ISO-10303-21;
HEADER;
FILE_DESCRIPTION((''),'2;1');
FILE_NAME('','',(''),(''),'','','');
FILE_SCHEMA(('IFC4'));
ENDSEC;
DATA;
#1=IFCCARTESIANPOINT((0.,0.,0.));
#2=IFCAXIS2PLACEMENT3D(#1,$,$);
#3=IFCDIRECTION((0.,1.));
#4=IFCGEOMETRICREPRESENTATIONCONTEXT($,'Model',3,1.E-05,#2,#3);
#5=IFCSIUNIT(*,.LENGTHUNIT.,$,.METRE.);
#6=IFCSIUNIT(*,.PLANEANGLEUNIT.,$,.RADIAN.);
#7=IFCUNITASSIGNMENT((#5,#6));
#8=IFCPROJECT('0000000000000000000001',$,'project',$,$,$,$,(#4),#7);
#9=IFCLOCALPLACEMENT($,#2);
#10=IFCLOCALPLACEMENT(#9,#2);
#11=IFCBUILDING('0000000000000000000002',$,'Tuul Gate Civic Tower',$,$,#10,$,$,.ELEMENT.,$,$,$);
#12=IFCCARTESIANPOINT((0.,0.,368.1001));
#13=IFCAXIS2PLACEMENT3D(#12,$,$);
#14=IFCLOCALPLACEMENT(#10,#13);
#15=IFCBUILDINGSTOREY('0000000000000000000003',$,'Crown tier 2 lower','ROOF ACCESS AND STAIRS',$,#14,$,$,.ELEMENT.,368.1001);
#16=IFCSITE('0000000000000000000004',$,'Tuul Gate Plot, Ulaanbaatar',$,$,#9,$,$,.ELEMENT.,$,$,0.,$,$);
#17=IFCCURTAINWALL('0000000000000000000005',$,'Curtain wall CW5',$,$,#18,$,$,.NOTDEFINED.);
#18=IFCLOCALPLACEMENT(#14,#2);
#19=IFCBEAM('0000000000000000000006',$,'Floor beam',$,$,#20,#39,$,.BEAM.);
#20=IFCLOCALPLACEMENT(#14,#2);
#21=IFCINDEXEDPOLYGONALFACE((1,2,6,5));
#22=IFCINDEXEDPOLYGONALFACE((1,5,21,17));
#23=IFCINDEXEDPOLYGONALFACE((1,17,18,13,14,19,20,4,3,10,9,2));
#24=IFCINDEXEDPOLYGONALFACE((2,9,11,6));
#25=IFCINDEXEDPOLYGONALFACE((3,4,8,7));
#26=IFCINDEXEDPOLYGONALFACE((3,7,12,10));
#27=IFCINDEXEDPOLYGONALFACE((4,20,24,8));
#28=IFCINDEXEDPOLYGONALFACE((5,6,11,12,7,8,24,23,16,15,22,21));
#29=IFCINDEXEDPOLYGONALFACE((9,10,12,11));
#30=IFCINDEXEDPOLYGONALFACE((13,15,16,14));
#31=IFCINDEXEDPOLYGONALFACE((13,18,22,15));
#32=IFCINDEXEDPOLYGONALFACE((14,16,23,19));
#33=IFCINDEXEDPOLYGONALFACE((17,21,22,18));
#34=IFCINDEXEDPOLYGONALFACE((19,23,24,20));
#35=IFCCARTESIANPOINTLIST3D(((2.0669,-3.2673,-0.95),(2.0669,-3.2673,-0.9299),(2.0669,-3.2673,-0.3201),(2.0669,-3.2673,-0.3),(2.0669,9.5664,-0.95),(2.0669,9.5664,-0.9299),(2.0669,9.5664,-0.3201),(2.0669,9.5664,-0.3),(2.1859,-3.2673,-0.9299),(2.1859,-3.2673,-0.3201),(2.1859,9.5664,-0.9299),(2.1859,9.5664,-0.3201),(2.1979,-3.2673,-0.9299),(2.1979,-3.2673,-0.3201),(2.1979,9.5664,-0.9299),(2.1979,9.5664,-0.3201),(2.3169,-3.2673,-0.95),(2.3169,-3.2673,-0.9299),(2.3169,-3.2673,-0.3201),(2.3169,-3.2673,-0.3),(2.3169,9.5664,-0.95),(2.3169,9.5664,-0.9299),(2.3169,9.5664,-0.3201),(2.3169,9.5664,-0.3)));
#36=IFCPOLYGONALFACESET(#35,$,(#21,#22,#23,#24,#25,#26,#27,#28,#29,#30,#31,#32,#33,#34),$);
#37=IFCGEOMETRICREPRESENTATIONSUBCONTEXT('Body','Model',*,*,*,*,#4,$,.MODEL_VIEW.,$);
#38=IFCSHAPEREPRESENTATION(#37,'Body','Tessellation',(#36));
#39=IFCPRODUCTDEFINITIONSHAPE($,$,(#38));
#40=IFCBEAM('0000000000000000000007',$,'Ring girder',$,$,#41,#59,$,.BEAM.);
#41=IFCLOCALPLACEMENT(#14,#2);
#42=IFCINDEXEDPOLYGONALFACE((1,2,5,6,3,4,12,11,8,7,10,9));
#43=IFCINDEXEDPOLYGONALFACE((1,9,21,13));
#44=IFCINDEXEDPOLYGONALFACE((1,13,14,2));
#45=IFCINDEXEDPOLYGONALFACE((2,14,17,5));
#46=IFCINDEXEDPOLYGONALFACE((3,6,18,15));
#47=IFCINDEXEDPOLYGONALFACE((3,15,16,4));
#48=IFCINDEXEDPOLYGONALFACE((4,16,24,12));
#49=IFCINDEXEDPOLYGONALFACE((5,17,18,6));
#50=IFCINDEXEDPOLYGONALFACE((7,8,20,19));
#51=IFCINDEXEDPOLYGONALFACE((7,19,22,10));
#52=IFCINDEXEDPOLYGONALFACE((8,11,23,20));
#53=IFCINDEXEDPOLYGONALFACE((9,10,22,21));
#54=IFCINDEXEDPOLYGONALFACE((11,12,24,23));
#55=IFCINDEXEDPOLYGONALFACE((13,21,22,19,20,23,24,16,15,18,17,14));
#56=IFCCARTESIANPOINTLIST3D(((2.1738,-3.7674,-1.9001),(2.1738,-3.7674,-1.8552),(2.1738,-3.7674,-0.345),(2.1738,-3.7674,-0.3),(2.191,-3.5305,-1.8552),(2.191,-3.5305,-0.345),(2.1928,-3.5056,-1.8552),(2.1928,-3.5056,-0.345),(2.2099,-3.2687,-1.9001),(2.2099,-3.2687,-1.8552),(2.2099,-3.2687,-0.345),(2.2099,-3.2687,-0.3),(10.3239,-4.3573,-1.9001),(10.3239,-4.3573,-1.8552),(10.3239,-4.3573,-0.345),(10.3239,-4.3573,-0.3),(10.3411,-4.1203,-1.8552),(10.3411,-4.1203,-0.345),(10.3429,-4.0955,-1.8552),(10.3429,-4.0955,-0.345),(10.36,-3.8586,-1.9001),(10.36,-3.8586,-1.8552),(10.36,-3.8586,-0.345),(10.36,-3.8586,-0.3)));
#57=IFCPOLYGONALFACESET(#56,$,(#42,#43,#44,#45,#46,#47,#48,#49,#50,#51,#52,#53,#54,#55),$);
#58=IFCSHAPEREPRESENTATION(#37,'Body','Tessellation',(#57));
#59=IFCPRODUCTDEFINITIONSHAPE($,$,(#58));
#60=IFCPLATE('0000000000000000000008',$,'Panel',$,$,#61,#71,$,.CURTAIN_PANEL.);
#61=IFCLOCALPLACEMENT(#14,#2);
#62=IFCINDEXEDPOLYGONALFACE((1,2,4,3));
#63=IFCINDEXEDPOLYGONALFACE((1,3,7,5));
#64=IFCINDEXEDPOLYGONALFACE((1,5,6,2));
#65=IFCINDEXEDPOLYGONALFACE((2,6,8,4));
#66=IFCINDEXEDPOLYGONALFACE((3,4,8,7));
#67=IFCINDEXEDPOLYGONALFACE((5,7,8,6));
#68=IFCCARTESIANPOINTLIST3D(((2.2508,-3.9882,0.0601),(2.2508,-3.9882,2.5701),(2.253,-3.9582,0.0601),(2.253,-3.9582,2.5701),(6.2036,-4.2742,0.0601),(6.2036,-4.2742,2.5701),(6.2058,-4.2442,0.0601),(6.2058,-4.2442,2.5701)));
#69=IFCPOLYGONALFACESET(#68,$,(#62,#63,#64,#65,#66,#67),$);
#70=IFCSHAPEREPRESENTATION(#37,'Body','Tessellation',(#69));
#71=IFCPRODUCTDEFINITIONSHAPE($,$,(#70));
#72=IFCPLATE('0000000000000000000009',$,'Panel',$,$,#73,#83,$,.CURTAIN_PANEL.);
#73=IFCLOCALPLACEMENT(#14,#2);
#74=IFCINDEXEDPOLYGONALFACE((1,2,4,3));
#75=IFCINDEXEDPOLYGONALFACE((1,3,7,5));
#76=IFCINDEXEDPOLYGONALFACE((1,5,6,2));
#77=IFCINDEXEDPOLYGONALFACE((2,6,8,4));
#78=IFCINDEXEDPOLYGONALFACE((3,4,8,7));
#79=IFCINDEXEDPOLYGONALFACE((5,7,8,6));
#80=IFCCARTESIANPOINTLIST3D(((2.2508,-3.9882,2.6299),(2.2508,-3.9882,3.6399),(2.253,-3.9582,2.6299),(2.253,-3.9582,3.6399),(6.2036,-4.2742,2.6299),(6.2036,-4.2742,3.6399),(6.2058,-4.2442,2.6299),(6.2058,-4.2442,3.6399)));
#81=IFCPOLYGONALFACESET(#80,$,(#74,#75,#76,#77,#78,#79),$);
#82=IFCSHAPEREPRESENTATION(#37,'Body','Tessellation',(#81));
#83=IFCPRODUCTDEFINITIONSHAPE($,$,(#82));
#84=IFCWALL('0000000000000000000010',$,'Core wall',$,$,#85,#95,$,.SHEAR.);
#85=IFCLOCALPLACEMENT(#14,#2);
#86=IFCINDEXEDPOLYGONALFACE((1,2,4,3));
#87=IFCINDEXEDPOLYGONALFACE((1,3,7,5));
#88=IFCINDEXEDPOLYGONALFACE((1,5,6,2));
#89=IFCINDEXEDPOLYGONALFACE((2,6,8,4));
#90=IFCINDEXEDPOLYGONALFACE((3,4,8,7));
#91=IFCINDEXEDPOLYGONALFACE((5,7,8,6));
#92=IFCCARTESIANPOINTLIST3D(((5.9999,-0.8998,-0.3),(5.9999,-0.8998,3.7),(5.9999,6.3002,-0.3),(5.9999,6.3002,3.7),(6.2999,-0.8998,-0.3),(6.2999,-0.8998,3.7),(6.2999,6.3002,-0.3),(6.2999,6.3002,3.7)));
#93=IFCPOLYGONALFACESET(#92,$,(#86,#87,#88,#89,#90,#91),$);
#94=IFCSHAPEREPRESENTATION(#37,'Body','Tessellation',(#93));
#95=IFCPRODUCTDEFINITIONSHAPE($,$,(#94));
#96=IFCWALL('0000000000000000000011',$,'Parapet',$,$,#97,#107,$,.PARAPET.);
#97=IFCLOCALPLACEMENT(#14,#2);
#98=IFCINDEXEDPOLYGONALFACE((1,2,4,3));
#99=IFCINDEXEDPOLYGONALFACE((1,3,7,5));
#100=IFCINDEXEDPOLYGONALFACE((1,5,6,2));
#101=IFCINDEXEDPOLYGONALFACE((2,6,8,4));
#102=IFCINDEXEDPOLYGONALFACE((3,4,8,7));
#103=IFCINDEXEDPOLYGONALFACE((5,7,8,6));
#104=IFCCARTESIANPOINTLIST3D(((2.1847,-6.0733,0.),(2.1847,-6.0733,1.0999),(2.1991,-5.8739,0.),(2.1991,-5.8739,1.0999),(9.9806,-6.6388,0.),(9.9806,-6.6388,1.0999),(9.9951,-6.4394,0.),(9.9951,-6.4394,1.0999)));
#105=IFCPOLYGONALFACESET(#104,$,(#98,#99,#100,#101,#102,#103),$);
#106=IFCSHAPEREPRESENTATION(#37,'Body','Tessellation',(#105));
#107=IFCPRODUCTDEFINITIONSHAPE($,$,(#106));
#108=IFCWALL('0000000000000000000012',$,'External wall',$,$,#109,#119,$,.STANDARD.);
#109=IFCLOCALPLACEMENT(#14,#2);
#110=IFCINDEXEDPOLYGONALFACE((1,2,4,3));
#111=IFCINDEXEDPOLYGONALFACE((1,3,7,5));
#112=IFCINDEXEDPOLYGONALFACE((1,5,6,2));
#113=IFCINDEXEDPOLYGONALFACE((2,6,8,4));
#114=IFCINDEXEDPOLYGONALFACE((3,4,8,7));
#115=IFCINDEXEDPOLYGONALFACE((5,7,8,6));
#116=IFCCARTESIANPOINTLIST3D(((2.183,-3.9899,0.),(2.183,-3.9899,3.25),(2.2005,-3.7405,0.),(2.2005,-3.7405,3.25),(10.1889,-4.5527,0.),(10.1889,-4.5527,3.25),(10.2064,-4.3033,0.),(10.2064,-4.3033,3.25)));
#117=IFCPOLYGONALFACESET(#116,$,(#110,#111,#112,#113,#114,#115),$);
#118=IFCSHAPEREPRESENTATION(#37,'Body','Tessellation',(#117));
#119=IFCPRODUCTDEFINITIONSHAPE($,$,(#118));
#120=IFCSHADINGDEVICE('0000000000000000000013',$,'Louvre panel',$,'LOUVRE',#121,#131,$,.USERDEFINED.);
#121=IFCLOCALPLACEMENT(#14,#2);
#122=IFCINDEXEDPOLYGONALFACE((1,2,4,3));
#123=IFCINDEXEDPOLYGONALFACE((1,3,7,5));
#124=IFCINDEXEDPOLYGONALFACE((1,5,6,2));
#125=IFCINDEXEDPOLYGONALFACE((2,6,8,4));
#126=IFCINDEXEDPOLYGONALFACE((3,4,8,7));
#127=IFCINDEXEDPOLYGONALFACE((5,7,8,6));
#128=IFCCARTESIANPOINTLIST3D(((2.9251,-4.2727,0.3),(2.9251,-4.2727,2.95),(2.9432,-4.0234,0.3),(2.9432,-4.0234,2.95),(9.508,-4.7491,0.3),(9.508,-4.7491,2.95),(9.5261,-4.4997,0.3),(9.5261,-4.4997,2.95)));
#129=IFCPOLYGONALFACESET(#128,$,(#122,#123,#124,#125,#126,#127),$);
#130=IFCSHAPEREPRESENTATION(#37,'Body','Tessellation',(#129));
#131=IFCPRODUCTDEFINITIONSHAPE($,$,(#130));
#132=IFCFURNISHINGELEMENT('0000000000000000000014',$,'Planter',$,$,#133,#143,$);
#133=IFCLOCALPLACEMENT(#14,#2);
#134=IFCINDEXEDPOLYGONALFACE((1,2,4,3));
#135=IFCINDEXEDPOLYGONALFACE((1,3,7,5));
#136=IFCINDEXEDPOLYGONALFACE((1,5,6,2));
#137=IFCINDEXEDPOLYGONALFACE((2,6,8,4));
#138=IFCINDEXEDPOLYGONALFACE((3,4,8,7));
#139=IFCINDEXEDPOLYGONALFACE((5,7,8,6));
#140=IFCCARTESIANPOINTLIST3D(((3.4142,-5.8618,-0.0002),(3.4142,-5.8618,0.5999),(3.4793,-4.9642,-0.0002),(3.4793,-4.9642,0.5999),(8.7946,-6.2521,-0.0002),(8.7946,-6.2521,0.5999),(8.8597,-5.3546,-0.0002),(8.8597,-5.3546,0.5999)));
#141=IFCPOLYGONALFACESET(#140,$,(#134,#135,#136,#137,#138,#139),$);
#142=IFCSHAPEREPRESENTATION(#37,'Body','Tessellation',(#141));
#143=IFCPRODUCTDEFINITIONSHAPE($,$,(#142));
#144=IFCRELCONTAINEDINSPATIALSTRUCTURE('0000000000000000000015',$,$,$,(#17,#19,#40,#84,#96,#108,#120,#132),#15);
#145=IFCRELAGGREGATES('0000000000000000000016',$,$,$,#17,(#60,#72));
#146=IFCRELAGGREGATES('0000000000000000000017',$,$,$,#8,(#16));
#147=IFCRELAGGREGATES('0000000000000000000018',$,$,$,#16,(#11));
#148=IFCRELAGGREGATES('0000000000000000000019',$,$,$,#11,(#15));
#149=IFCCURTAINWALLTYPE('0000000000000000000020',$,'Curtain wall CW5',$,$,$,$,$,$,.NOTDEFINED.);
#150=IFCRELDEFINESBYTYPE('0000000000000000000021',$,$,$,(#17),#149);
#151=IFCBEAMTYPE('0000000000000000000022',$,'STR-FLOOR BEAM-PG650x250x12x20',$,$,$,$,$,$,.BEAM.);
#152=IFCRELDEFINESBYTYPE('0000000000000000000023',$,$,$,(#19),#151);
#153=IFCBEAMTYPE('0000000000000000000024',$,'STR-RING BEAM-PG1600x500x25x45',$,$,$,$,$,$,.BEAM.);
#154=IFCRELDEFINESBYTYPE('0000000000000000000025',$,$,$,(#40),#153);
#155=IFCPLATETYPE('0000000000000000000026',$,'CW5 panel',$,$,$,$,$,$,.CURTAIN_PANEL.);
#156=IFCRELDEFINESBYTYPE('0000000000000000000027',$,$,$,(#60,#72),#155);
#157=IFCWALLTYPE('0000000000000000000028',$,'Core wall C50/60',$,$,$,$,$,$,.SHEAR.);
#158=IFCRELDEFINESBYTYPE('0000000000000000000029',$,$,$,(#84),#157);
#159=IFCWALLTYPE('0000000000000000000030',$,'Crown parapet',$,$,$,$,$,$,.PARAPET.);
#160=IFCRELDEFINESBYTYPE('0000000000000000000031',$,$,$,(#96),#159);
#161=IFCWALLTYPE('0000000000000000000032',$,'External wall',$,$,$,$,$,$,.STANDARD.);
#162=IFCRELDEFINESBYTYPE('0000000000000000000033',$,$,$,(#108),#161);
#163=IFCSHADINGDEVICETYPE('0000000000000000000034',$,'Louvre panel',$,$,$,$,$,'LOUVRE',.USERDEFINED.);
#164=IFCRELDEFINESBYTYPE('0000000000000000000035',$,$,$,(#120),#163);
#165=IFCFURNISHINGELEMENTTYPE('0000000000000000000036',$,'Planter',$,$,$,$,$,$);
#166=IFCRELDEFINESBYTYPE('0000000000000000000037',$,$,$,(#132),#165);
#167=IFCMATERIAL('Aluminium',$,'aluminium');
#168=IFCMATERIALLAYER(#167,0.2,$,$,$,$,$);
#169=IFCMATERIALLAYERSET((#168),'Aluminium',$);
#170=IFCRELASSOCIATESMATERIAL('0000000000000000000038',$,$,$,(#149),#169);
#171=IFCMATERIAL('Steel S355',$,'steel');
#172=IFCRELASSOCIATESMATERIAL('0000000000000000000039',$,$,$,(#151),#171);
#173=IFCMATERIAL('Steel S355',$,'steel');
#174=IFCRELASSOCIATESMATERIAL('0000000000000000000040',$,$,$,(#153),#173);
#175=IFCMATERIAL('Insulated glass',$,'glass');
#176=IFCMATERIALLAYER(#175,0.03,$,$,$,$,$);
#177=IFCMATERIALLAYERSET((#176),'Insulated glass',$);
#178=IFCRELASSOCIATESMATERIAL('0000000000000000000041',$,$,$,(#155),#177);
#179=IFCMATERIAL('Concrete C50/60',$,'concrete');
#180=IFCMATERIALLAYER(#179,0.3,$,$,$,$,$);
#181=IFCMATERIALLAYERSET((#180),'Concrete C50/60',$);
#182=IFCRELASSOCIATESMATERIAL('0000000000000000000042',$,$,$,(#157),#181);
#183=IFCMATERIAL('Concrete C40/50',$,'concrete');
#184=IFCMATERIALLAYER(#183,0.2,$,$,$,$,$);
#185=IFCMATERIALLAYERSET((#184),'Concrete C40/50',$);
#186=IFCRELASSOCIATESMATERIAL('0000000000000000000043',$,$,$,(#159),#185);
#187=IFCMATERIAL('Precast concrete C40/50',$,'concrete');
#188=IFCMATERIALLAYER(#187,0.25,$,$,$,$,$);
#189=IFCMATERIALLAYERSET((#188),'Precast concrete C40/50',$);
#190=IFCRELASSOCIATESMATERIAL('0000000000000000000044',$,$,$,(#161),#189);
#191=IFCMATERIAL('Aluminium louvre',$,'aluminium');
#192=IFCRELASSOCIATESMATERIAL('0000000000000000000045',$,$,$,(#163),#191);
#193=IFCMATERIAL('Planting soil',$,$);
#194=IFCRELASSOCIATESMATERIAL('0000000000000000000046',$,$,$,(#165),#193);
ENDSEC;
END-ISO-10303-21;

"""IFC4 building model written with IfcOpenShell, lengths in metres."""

from ifc_helpers import new_model, si_unit, direction, frame, frame_2d, origin, origin_2d, place, context, subcontext, project, spatial, rectangle, i_section, extrude, material, layer, layer_set, material_profile, profile_set, type_object, element, aggregate, save


model = new_model("IFC4")

# Units and contexts
model_context = context("Model", 3, precision=1e-05, world=origin(), true_north=direction((0.0, 1.0)))
body_context = subcontext(model_context, "Body", "Model", "MODEL_VIEW")
ifc_project = project(units=[si_unit("LENGTHUNIT", "METRE"), si_unit("PLANEANGLEUNIT", "RADIAN")], contexts=[model_context])

# Site, building, storey
site_placement = place(None, origin())
site = spatial("IfcSite", under=ifc_project, at=site_placement, Name="Tuul Gate Plot, Ulaanbaatar", CompositionType="ELEMENT", RefElevation=0.0)
building_placement = place(site_placement, origin())
building = spatial("IfcBuilding", under=site, at=building_placement, Name="Tuul Gate Civic Tower", CompositionType="ELEMENT")
storey_placement = place(building_placement, frame((0.0, 0.0, 368.1001)))
storey = spatial("IfcBuildingStorey", under=building, at=storey_placement, Name="Crown tier 2 lower", Description="ROOF ACCESS AND STAIRS", CompositionType="ELEMENT", Elevation=368.1001)

# Shared definitions
ifc_material_1 = material(Name="Aluminium", Category="aluminium")
ifc_layer_1 = layer(ifc_material_1, 0.2)
ifc_layer_set_1 = layer_set([ifc_layer_1], Name="Aluminium")
curtain_wall_type = type_object("IfcCurtainWallType", Name="Curtain wall CW5", PredefinedType="NOTDEFINED", material=ifc_layer_set_1)

# Curtain wall
curtain_wall_1_placement = place(storey_placement, origin())
curtain_wall_1 = element("IfcCurtainWall", 1, at=curtain_wall_1_placement, inside=storey, type_object=curtain_wall_type, Name="Curtain wall CW5", PredefinedType="NOTDEFINED")

# Beams
ifc_material_2 = material(Name="Steel S355", Category="steel")
ifc_material_profile_1 = material_profile(ifc_material_2, i_section(OverallWidth=0.25, OverallDepth=0.6499, WebThickness=0.012, FlangeThickness=0.02, at=origin_2d()), Name="PG650x250x12x20")
ifc_profile_set_1 = profile_set([ifc_material_profile_1], Name="Steel S355")
beam_type_1 = type_object("IfcBeamType", Name="STR-FLOOR BEAM-PG650x250x12x20", PredefinedType="BEAM", material=ifc_profile_set_1)
beam_1_placement = place(storey_placement, frame((2.1919, -3.2673, -0.625), z_axis=(0.0, 1.0, 0.0), x_axis=(-1.0, 0.0, 0.0)))
element("IfcBeam", 2, at=beam_1_placement, inside=storey, type_object=beam_type_1, Name="Floor beam", PredefinedType="BEAM", context=body_context, shape_type="SweptSolid", body=[
    extrude(i_section(OverallWidth=0.25, OverallDepth=0.6499, WebThickness=0.012, FlangeThickness=0.02, at=origin_2d()), origin(), (0.0, 0.0, 1.0), 12.8337),
])
ifc_material_3 = material(Name="Steel S355", Category="steel")
ifc_material_profile_2 = material_profile(ifc_material_3, i_section(OverallWidth=0.5, OverallDepth=1.6001, WebThickness=0.0249, FlangeThickness=0.0449, at=origin_2d()), Name="PG1600x500x25x45")
ifc_profile_set_2 = profile_set([ifc_material_profile_2], Name="Steel S355")
beam_type_2 = type_object("IfcBeamType", Name="STR-RING BEAM-PG1600x500x25x45", PredefinedType="BEAM", material=ifc_profile_set_2)
beam_2_placement = place(storey_placement, frame((2.1919, -3.5181, -1.1001), z_axis=(0.997391, -0.072183, 0.0), x_axis=(0.072183, 0.997391, 0.0)))
element("IfcBeam", 3, at=beam_2_placement, inside=storey, type_object=beam_type_2, Name="Ring girder", PredefinedType="BEAM", context=body_context, shape_type="SweptSolid", body=[
    extrude(i_section(OverallWidth=0.5, OverallDepth=1.6001, WebThickness=0.0249, FlangeThickness=0.0449, at=origin_2d()), origin(), (0.0, 0.0, 1.0), 8.1714),
])

# Plates
ifc_material_4 = material(Name="Insulated glass", Category="glass")
ifc_layer_2 = layer(ifc_material_4, 0.03)
ifc_layer_set_2 = layer_set([ifc_layer_2], Name="Insulated glass")
plate_type = type_object("IfcPlateType", Name="CW5 panel", PredefinedType="CURTAIN_PANEL", material=ifc_layer_set_2)
plate_1_placement = place(storey_placement, frame((4.2283, -4.1162, 0.0601), z_axis=(0.0, 0.0, 1.0), x_axis=(0.997393, -0.072168, 0.0)))
plate_1 = element("IfcPlate", 4, at=plate_1_placement, type_object=plate_type, Name="Panel", PredefinedType="CURTAIN_PANEL", context=body_context, shape_type="SweptSolid", body=[
    extrude(rectangle(XDim=3.9631, YDim=0.03, at=origin_2d()), origin(), (0.0, 0.0, 1.0), 2.51),
])
plate_2_placement = place(storey_placement, frame((4.2283, -4.1162, 2.6299), z_axis=(0.0, 0.0, 1.0), x_axis=(0.997393, -0.072168, 0.0)))
plate_2 = element("IfcPlate", 5, at=plate_2_placement, type_object=plate_type, Name="Panel", PredefinedType="CURTAIN_PANEL", context=body_context, shape_type="SweptSolid", body=[
    extrude(rectangle(XDim=3.9631, YDim=0.03, at=origin_2d()), origin(), (0.0, 0.0, 1.0), 1.01),
])
aggregate(curtain_wall_1, [plate_1, plate_2])

# Walls
ifc_material_5 = material(Name="Concrete C50/60", Category="concrete")
ifc_layer_3 = layer(ifc_material_5, 0.3)
ifc_layer_set_3 = layer_set([ifc_layer_3], Name="Concrete C50/60")
wall_type_1 = type_object("IfcWallType", Name="Core wall C50/60", PredefinedType="SHEAR", material=ifc_layer_set_3)
wall_1_placement = place(storey_placement, frame((6.1499, -0.8999, -0.3), z_axis=(0.0, 0.0, 1.0), x_axis=(0.0, 1.0, 0.0)))
element("IfcWall", 6, at=wall_1_placement, inside=storey, type_object=wall_type_1, Name="Core wall", PredefinedType="SHEAR", context=body_context, shape_type="SweptSolid", body=[
    extrude(rectangle(XDim=7.2, YDim=0.3, at=frame_2d((3.6001, 0.0))), origin(), (0.0, 0.0, 1.0), 4.0),
])
ifc_material_6 = material(Name="Concrete C40/50", Category="concrete")
ifc_layer_4 = layer(ifc_material_6, 0.2)
ifc_layer_set_4 = layer_set([ifc_layer_4], Name="Concrete C40/50")
wall_type_2 = type_object("IfcWallType", Name="Crown parapet", PredefinedType="PARAPET", material=ifc_layer_set_4)
wall_2_placement = place(storey_placement, frame((2.1919, -5.9736, 0.0), z_axis=(0.0, 0.0, 1.0), x_axis=(0.99738, -0.072339, 0.0)))
element("IfcWall", 7, at=wall_2_placement, inside=storey, type_object=wall_type_2, Name="Parapet", PredefinedType="PARAPET", context=body_context, shape_type="SweptSolid", body=[
    extrude(rectangle(XDim=7.8164, YDim=0.2, at=frame_2d((3.9082, 0.0))), origin(), (0.0, 0.0, 1.0), 1.0999),
])
ifc_material_7 = material(Name="Precast concrete C40/50", Category="concrete")
ifc_layer_5 = layer(ifc_material_7, 0.25)
ifc_layer_set_5 = layer_set([ifc_layer_5], Name="Precast concrete C40/50")
wall_type_3 = type_object("IfcWallType", Name="External wall", PredefinedType="STANDARD", material=ifc_layer_set_5)
wall_3_placement = place(storey_placement, frame((2.1919, -3.8652, 0.0), z_axis=(0.0, 0.0, 1.0), x_axis=(0.997539, -0.070119, 0.0)))
element("IfcWall", 8, at=wall_3_placement, inside=storey, type_object=wall_type_3, Name="External wall", PredefinedType="STANDARD", context=body_context, shape_type="SweptSolid", body=[
    extrude(rectangle(XDim=8.0256, YDim=0.25, at=frame_2d((4.0127, 0.0))), origin(), (0.0, 0.0, 1.0), 3.25),
])

# Shading device
ifc_material_8 = material(Name="Aluminium louvre", Category="aluminium")
shading_device_type = type_object("IfcShadingDeviceType", Name="Louvre panel", ElementType="LOUVRE", PredefinedType="USERDEFINED", material=ifc_material_8)
shading_device_placement = place(storey_placement, frame((6.2256, -4.3862, 0.3), z_axis=(0.0, 0.0, 1.0), x_axis=(-0.072168, -0.997393, 0.0)))
element("IfcShadingDevice", 9, at=shading_device_placement, inside=storey, type_object=shading_device_type, Name="Louvre panel", ObjectType="LOUVRE", PredefinedType="USERDEFINED", context=body_context, shape_type="SweptSolid", body=[
    extrude(rectangle(XDim=0.25, YDim=6.6001, at=origin_2d()), origin(), (0.0, 0.0, 1.0), 2.6499),
])

# Furnishing element
ifc_material_9 = material(Name="Planting soil")
furnishing_element_type = type_object("IfcFurnishingElementType", Name="Planter", material=ifc_material_9)
furnishing_placement = place(storey_placement, frame((6.137, -5.6082, -0.0002), z_axis=(0.0, 0.0, 1.0), x_axis=(0.997379, -0.072359, 0.0)))
element("IfcFurnishingElement", 10, at=furnishing_placement, inside=storey, type_object=furnishing_element_type, Name="Planter", context=body_context, shape_type="SweptSolid", body=[
    extrude(rectangle(XDim=5.3945, YDim=0.8999, at=origin_2d()), origin(), (0.0, 0.0, 1.0), 0.6001),
])

save(model, "model.ifc")
